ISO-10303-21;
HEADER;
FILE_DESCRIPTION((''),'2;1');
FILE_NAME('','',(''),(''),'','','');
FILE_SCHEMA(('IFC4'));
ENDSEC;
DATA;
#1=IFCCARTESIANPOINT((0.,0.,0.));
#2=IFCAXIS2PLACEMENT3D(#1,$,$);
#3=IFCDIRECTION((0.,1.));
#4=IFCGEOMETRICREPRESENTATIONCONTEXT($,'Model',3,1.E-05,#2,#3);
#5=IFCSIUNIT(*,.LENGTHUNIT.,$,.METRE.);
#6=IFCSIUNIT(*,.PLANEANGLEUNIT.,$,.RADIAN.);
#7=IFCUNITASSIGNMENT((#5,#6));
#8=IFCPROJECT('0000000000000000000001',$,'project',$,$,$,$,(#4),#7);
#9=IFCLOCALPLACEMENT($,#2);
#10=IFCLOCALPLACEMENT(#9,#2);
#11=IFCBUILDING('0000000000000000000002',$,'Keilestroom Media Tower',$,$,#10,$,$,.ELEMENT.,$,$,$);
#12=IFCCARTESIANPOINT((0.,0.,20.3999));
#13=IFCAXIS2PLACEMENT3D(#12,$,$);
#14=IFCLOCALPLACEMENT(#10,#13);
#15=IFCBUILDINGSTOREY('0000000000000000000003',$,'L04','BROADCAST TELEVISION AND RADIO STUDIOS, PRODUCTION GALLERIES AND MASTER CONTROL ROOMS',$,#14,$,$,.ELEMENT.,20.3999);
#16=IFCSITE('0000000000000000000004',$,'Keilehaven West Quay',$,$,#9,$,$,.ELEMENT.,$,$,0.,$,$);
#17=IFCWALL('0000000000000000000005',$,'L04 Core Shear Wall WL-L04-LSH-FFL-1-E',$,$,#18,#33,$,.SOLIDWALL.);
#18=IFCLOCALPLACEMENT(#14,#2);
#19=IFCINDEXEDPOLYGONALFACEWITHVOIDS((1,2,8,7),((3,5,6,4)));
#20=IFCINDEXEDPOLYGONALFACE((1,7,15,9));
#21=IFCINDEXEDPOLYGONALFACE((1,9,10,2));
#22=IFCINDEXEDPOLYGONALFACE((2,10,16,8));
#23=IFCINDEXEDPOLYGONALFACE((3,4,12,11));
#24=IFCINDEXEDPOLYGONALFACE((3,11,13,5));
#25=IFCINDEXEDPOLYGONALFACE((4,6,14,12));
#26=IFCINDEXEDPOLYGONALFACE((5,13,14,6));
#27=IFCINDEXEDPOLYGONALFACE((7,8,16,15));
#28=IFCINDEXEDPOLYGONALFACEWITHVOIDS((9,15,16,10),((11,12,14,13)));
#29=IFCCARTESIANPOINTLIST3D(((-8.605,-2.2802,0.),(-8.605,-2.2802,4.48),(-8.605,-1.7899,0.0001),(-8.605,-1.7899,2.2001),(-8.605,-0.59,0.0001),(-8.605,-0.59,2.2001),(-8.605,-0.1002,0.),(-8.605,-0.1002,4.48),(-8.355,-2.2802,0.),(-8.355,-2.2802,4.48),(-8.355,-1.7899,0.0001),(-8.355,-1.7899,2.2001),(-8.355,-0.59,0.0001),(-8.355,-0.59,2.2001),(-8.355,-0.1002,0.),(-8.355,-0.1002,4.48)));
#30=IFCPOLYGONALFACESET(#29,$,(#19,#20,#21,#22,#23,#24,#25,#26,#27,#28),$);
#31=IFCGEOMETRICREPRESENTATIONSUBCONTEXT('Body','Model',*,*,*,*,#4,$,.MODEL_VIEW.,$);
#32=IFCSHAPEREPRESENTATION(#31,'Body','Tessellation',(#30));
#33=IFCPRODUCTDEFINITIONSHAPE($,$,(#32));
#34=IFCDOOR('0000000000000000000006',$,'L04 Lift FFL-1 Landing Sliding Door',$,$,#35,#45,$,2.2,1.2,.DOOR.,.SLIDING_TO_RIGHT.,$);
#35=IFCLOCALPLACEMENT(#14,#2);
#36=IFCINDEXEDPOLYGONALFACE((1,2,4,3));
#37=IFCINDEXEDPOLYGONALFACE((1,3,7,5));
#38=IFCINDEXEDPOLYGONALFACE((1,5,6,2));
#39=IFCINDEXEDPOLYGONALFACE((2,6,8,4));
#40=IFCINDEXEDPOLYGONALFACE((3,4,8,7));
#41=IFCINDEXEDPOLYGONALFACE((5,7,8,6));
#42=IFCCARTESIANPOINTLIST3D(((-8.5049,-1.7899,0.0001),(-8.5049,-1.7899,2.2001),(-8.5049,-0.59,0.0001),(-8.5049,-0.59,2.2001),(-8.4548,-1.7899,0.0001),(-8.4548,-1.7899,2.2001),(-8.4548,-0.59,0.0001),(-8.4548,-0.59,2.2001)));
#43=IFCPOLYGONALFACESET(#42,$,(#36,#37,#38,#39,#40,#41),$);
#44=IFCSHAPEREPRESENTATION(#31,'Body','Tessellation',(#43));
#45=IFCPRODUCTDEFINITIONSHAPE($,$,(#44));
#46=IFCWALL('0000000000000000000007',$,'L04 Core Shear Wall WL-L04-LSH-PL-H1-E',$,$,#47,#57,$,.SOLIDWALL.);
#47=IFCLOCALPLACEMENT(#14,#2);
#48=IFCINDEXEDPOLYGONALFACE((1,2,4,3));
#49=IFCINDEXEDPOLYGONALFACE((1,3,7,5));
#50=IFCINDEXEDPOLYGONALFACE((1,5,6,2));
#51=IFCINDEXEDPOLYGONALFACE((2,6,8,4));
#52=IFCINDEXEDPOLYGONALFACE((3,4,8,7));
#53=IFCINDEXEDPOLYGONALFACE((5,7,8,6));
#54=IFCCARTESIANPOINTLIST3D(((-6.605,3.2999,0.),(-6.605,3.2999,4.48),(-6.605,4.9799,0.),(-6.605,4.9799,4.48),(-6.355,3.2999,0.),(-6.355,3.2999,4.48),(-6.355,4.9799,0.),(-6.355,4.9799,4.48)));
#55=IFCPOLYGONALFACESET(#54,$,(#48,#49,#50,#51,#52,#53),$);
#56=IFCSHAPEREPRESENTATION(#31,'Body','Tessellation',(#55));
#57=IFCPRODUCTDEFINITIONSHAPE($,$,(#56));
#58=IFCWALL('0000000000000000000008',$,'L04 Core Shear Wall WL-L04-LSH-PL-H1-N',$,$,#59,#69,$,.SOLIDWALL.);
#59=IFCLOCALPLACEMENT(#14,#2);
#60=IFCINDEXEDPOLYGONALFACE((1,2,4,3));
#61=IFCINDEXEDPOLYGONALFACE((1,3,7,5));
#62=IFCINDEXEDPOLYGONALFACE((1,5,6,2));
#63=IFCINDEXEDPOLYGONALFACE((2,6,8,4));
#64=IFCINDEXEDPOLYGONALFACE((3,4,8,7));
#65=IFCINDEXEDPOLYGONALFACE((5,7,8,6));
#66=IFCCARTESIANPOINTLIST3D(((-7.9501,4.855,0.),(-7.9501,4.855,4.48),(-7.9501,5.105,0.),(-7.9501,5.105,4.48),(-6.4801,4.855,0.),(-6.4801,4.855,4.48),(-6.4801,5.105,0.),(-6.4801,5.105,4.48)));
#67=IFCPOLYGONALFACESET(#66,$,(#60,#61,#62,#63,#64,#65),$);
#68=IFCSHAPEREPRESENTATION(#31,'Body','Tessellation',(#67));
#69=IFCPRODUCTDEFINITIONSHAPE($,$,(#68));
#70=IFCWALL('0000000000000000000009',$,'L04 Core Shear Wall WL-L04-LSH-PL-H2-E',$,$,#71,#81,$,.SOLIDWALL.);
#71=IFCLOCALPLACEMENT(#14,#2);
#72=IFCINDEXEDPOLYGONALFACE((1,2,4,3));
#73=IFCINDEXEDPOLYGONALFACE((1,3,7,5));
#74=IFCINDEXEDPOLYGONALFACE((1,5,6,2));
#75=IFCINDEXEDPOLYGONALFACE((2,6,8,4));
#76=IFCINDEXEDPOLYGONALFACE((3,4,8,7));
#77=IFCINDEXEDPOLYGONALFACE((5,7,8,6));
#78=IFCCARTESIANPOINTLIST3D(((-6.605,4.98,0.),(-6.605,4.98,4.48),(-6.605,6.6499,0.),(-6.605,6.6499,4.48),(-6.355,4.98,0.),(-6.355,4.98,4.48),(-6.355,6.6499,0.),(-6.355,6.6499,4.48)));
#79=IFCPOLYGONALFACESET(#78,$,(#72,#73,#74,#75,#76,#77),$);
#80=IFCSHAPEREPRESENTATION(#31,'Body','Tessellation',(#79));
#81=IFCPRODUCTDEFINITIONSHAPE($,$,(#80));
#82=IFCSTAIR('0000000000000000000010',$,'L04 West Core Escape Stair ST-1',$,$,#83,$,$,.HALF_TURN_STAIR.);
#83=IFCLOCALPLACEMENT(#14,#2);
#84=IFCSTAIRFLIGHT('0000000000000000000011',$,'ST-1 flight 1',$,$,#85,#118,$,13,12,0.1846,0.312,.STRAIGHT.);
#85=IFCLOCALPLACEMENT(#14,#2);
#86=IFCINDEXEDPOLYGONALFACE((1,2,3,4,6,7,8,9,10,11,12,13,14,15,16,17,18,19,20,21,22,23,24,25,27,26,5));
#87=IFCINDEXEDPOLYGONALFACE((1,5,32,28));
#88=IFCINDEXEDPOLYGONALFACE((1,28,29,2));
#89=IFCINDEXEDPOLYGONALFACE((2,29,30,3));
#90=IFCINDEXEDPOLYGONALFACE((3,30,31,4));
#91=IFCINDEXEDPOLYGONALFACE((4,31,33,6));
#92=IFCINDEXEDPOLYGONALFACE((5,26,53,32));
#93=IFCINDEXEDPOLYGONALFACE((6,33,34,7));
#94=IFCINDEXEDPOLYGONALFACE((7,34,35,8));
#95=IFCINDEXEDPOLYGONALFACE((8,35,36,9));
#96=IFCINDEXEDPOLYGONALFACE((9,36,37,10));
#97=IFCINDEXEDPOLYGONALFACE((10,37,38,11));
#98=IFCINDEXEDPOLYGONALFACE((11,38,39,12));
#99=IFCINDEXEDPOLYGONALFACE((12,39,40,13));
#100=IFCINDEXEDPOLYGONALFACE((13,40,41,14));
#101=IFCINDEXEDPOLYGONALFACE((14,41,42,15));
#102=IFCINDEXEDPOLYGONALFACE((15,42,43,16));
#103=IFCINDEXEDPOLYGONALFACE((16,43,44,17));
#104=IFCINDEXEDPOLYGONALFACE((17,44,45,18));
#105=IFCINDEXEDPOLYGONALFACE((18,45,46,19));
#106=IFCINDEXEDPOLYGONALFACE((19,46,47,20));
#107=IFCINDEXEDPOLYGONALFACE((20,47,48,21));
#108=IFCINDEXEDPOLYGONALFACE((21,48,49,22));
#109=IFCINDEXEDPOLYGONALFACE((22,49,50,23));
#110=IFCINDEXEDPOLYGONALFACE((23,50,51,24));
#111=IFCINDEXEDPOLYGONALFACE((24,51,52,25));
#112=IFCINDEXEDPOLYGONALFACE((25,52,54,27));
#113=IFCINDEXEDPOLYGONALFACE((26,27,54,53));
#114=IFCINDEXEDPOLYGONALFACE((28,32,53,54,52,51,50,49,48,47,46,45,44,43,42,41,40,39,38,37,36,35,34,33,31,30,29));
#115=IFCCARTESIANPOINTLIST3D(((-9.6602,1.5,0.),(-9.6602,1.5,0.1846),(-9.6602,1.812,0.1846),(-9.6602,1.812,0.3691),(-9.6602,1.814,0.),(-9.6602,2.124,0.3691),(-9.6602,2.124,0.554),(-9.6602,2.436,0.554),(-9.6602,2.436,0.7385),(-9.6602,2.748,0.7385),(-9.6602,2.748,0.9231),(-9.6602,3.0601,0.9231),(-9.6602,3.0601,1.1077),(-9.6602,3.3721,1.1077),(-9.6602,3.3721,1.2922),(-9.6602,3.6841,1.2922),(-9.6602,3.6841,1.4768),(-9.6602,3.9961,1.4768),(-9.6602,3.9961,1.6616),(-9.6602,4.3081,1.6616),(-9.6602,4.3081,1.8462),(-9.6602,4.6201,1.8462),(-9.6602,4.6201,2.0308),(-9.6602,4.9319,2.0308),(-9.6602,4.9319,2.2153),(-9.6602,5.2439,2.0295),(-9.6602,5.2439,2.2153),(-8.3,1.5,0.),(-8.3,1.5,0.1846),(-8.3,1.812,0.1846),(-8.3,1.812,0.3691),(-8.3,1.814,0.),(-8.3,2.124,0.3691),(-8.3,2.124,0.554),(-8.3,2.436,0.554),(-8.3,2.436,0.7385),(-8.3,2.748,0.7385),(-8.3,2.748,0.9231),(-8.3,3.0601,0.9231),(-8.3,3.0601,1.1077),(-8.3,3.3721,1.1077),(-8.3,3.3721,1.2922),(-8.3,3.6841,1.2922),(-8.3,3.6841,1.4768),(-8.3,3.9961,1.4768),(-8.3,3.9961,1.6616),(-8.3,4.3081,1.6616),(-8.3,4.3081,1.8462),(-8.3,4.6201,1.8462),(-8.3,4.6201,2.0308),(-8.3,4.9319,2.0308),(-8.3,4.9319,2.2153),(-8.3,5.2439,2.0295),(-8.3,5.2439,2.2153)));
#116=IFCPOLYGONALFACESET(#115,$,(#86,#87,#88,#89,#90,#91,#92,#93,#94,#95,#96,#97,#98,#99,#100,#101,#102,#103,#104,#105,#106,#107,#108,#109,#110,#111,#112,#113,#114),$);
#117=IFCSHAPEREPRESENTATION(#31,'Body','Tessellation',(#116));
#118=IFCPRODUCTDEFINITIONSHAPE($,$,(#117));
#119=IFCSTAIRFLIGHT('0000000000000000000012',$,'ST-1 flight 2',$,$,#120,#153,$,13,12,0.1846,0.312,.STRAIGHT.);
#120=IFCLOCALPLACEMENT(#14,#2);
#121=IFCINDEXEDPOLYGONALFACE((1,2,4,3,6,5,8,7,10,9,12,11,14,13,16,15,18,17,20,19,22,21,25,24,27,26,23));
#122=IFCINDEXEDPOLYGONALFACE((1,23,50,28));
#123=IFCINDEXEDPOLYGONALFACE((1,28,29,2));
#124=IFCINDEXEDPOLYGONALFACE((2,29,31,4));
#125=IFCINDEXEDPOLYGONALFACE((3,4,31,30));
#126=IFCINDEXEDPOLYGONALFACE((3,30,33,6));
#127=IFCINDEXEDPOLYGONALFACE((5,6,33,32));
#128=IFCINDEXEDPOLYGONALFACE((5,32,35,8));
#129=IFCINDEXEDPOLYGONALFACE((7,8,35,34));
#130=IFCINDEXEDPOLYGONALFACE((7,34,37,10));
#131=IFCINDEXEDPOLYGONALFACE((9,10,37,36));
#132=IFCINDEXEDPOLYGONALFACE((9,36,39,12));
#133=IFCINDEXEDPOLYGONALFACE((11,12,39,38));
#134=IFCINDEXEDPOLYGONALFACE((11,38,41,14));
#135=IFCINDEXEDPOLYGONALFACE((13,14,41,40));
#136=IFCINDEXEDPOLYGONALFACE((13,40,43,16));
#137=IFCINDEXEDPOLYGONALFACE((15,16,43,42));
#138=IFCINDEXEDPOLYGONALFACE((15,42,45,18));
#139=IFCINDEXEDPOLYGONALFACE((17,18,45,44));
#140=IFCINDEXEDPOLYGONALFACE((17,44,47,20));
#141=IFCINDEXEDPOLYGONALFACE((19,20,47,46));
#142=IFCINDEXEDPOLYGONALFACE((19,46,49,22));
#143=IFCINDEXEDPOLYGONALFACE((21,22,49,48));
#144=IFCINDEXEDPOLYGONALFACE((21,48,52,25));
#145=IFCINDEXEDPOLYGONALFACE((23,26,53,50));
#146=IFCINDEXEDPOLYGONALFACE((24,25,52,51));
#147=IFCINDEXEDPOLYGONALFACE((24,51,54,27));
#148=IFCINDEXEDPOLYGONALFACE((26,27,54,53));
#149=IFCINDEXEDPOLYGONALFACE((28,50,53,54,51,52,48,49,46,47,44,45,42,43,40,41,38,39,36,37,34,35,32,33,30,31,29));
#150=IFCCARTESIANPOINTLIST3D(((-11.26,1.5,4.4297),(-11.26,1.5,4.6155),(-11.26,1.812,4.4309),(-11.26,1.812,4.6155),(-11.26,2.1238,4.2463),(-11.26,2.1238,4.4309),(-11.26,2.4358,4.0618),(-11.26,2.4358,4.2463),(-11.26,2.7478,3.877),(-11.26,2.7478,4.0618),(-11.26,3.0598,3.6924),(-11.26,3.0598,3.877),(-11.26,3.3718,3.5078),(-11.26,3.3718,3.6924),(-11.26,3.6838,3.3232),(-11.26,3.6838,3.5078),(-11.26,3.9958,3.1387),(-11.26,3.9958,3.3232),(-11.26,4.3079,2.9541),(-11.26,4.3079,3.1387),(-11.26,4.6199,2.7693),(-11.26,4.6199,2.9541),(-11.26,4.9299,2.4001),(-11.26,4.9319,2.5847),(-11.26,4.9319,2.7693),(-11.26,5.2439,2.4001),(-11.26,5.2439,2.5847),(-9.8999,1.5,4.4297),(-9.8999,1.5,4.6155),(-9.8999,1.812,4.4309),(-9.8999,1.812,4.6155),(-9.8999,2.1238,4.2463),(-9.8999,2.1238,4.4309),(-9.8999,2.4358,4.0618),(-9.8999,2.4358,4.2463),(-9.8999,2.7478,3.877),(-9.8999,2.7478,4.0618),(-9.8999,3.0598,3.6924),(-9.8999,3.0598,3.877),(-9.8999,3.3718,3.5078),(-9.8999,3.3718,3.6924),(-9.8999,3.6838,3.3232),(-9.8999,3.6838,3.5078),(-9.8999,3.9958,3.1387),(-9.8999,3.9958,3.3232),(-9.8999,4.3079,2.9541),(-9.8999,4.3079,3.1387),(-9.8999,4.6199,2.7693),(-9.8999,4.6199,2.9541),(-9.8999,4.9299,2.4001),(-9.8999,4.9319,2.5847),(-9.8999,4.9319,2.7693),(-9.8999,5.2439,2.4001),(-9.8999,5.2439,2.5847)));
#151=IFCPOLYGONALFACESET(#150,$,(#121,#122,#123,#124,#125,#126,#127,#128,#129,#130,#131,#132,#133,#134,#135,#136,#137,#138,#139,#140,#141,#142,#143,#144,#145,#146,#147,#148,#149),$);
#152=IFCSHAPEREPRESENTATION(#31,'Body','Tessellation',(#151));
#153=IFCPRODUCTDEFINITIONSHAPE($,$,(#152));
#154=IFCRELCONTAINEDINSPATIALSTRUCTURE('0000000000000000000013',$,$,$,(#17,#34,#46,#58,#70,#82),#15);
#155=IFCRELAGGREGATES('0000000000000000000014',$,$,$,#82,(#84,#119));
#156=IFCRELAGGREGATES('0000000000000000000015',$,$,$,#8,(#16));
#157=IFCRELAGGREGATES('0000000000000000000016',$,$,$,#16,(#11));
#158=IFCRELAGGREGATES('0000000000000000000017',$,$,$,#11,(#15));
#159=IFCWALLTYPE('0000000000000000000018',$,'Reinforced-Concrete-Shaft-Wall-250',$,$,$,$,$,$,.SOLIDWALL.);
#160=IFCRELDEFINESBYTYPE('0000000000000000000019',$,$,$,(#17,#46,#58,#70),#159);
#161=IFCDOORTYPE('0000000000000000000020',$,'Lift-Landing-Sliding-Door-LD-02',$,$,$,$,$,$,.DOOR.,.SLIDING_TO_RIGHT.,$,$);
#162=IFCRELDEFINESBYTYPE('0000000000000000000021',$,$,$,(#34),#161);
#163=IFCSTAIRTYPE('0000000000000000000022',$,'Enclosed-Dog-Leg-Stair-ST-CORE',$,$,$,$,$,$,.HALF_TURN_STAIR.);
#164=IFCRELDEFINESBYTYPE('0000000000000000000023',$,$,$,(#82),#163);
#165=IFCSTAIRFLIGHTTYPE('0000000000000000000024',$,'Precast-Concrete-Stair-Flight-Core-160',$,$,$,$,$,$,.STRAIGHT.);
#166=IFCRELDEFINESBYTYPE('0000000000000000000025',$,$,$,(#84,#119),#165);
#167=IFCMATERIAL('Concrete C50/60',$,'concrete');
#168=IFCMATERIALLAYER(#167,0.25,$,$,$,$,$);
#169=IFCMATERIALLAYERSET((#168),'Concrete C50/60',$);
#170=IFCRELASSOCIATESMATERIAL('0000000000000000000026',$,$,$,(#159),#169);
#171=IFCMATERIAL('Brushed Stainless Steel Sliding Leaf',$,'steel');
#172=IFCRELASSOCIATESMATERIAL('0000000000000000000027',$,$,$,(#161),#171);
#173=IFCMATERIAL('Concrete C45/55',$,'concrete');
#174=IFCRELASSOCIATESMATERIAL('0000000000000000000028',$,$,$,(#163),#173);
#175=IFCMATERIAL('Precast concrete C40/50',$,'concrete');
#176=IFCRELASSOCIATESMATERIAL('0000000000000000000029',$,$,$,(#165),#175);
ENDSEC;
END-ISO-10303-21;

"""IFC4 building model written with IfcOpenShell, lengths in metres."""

from ifc_helpers import new_model, si_unit, direction, frame, frame_2d, origin, place, context, subcontext, project, spatial, polyline, rectangle, outline, extrude, source, transform, mapped, material, layer, layer_set, type_object, element, fill, aggregate, save


model = new_model("IFC4")

# Units and contexts
model_context = context("Model", 3, precision=1e-05, world=origin(), true_north=direction((0.0, 1.0)))
body_context = subcontext(model_context, "Body", "Model", "MODEL_VIEW")
ifc_project = project(units=[si_unit("LENGTHUNIT", "METRE"), si_unit("PLANEANGLEUNIT", "RADIAN")], contexts=[model_context])

# Site, building, storey
site_placement = place(None, origin())
site = spatial("IfcSite", under=ifc_project, at=site_placement, Name="Keilehaven West Quay", CompositionType="ELEMENT", RefElevation=0.0)
building_placement = place(site_placement, origin())
building = spatial("IfcBuilding", under=site, at=building_placement, Name="Keilestroom Media Tower", CompositionType="ELEMENT")
storey_placement = place(building_placement, frame((0.0, 0.0, 20.3999)))
storey = spatial("IfcBuildingStorey", under=building, at=storey_placement, Name="L04", Description="BROADCAST TELEVISION AND RADIO STUDIOS, PRODUCTION GALLERIES AND MASTER CONTROL ROOMS", CompositionType="ELEMENT", Elevation=20.3999)

# Shared definitions
ifc_material_1 = material(Name="Concrete C50/60", Category="concrete")
ifc_material_2 = material(Name="Concrete C45/55", Category="concrete")

# Shared definitions
ifc_layer_1 = layer(ifc_material_1, 0.25)
ifc_layer_set_1 = layer_set([ifc_layer_1], Name="Concrete C50/60")
wall_type_1 = type_object("IfcWallType", Name="Reinforced-Concrete-Shaft-Wall-250", PredefinedType="SOLIDWALL", material=ifc_layer_set_1)

# Wall, opening, door
shared_shape = source(origin(), body_context, "Body", "SweptSolid", [
    extrude(rectangle(XDim=1.2, YDim=2.2, at=frame_2d((0.6001, 1.1001))), frame((0.0, 0.0249, 0.0), z_axis=(0.0, -1.0, 0.0), x_axis=(1.0, 0.0, 0.0)), (0.0, 0.0, 1.0), 0.05),
])
wall_1_placement = place(storey_placement, frame((-8.48, -2.28, 0.0), z_axis=(0.0, 0.0, 1.0), x_axis=(0.0, 1.0, 0.0)))
wall_1 = element("IfcWall", 1, at=wall_1_placement, inside=storey, type_object=wall_type_1, Name="L04 Core Shear Wall WL-L04-LSH-FFL-1-E", PredefinedType="SOLIDWALL", context=body_context, shape_type="SweptSolid", body=[
    extrude(rectangle(XDim=2.1799, YDim=0.25, at=frame_2d((1.0898, 0.0))), origin(), (0.0, 0.0, 1.0), 4.48),
])
opening_1_placement = place(wall_1_placement, frame((0.49, 0.0, 0.0)))
opening_1 = element("IfcOpeningElement", 2, at=opening_1_placement, cuts=wall_1, PredefinedType="OPENING", context=body_context, shape_type="SweptSolid", body=[
    extrude(rectangle(XDim=1.2, YDim=2.2, at=frame_2d((0.6001, 1.1001))), frame((0.0, 0.135, 0.0), z_axis=(0.0, -1.0, 0.0), x_axis=(1.0, 0.0, 0.0)), (0.0, 0.0, 1.0), 0.27),
])
ifc_material_3 = material(Name="Brushed Stainless Steel Sliding Leaf", Category="steel")
door_type_1 = type_object("IfcDoorType", Name="Lift-Landing-Sliding-Door-LD-02", OperationType="SLIDING_TO_RIGHT", PredefinedType="DOOR", material=ifc_material_3)
door_1_placement = place(opening_1_placement, origin())
door_1 = element("IfcDoor", 3, at=door_1_placement, inside=storey, type_object=door_type_1, Name="L04 Lift FFL-1 Landing Sliding Door", OperationType="SLIDING_TO_RIGHT", OverallHeight=2.2, OverallWidth=1.2, PredefinedType="DOOR", context=body_context, shape_type="MappedRepresentation", body=[
    mapped(shared_shape, transform((0.0, 0.0, 0.0), x_axis=(1.0, 0.0, 0.0), y_axis=(0.0, 1.0, 0.0), z_axis=(0.0, 0.0, 1.0), scale=1.0)),
])
fill(opening_1, door_1)

# Walls
wall_2_placement = place(storey_placement, frame((-6.48, 3.3, 0.0), z_axis=(0.0, 0.0, 1.0), x_axis=(0.0, 1.0, 0.0)))
element("IfcWall", 4, at=wall_2_placement, inside=storey, type_object=wall_type_1, Name="L04 Core Shear Wall WL-L04-LSH-PL-H1-E", PredefinedType="SOLIDWALL", context=body_context, shape_type="SweptSolid", body=[
    extrude(rectangle(XDim=1.6799, YDim=0.25, at=frame_2d((0.8398, 0.0))), origin(), (0.0, 0.0, 1.0), 4.48),
])
wall_3_placement = place(storey_placement, frame((-7.95, 4.98, 0.0), z_axis=(0.0, 0.0, 1.0), x_axis=(1.0, 0.0, 0.0)))
element("IfcWall", 5, at=wall_3_placement, inside=storey, type_object=wall_type_1, Name="L04 Core Shear Wall WL-L04-LSH-PL-H1-N", PredefinedType="SOLIDWALL", context=body_context, shape_type="SweptSolid", body=[
    extrude(rectangle(XDim=1.47, YDim=0.25, at=frame_2d((0.7349, 0.0))), origin(), (0.0, 0.0, 1.0), 4.48),
])
wall_4_placement = place(storey_placement, frame((-6.48, 4.98, 0.0), z_axis=(0.0, 0.0, 1.0), x_axis=(0.0, 1.0, 0.0)))
element("IfcWall", 6, at=wall_4_placement, inside=storey, type_object=wall_type_1, Name="L04 Core Shear Wall WL-L04-LSH-PL-H2-E", PredefinedType="SOLIDWALL", context=body_context, shape_type="SweptSolid", body=[
    extrude(rectangle(XDim=1.6699, YDim=0.25, at=frame_2d((0.835, 0.0))), origin(), (0.0, 0.0, 1.0), 4.48),
])

# Stair, stair flights
stair_type = type_object("IfcStairType", Name="Enclosed-Dog-Leg-Stair-ST-CORE", PredefinedType="HALF_TURN_STAIR", material=ifc_material_2)
stair_placement = place(storey_placement, origin())
stair = element("IfcStair", 7, at=stair_placement, inside=storey, type_object=stair_type, Name="L04 West Core Escape Stair ST-1", PredefinedType="HALF_TURN_STAIR")
ifc_material_4 = material(Name="Precast concrete C40/50", Category="concrete")
stair_flight_type = type_object("IfcStairFlightType", Name="Precast-Concrete-Stair-Flight-Core-160", PredefinedType="STRAIGHT", material=ifc_material_4)
stair_flight_1_placement = place(storey_placement, frame((-8.98, 1.5, 0.0), z_axis=(0.0, 0.0, 1.0), x_axis=(0.0, 1.0, 0.0)))
stair_flight_1 = element("IfcStairFlight", 8, at=stair_flight_1_placement, type_object=stair_flight_type, Name="ST-1 flight 1", NumberOfRisers=13, NumberOfTreads=12, PredefinedType="STRAIGHT", RiserHeight=0.1846, TreadLength=0.312, context=body_context, shape_type="SweptSolid", body=[
    extrude(outline(polyline([(0.0, 0.0), (0.0, 0.1846), (0.312, 0.1846), (0.312, 0.3691), (0.624, 0.3691), (0.624, 0.554), (0.936, 0.554), (0.936, 0.7385), (1.248, 0.7385), (1.248, 0.9231), (1.5601, 0.9231), (1.5601, 1.1077), (1.8721, 1.1077), (1.8721, 1.2922), (2.1841, 1.2922), (2.1841, 1.4768), (2.4961, 1.4768), (2.4961, 1.6616), (2.8081, 1.6616), (2.8081, 1.8462), (3.1201, 1.8462), (3.1201, 2.0308), (3.4319, 2.0308), (3.4319, 2.2153), (3.7439, 2.2153), (3.7439, 2.3999), (3.7439, 2.0295), (0.314, 0.0), (0.0, 0.0)])), frame((0.0, 0.6802, 0.0), z_axis=(0.0, -1.0, 0.0), x_axis=(1.0, 0.0, 0.0)), (0.0, 0.0, 1.0), 1.3601),
])
stair_flight_2_placement = place(storey_placement, frame((-10.5801, 5.2439, 2.4001), z_axis=(0.0, 0.0, 1.0), x_axis=(0.0, -1.0, 0.0)))
stair_flight_2 = element("IfcStairFlight", 9, at=stair_flight_2_placement, type_object=stair_flight_type, Name="ST-1 flight 2", NumberOfRisers=13, NumberOfTreads=12, PredefinedType="STRAIGHT", RiserHeight=0.1846, TreadLength=0.312, context=body_context, shape_type="SweptSolid", body=[
    extrude(outline(polyline([(0.0, 0.0), (0.0, 0.1846), (0.312, 0.1846), (0.312, 0.3691), (0.624, 0.3691), (0.624, 0.554), (0.936, 0.554), (0.936, 0.7385), (1.248, 0.7385), (1.248, 0.9231), (1.5601, 0.9231), (1.5601, 1.1077), (1.8721, 1.1077), (1.8721, 1.2922), (2.1841, 1.2922), (2.1841, 1.4768), (2.4961, 1.4768), (2.4961, 1.6616), (2.8081, 1.6616), (2.8081, 1.8462), (3.1201, 1.8462), (3.1201, 2.0308), (3.4319, 2.0308), (3.4319, 2.2153), (3.7439, 2.2153), (3.7439, 2.3999), (3.7439, 2.0295), (0.314, 0.0), (0.0, 0.0)])), frame((0.0, 0.6802, 0.0), z_axis=(0.0, -1.0, 0.0), x_axis=(1.0, 0.0, 0.0)), (0.0, 0.0, 1.0), 1.3601),
])
aggregate(stair, [stair_flight_1, stair_flight_2])

save(model, "model.ifc")
